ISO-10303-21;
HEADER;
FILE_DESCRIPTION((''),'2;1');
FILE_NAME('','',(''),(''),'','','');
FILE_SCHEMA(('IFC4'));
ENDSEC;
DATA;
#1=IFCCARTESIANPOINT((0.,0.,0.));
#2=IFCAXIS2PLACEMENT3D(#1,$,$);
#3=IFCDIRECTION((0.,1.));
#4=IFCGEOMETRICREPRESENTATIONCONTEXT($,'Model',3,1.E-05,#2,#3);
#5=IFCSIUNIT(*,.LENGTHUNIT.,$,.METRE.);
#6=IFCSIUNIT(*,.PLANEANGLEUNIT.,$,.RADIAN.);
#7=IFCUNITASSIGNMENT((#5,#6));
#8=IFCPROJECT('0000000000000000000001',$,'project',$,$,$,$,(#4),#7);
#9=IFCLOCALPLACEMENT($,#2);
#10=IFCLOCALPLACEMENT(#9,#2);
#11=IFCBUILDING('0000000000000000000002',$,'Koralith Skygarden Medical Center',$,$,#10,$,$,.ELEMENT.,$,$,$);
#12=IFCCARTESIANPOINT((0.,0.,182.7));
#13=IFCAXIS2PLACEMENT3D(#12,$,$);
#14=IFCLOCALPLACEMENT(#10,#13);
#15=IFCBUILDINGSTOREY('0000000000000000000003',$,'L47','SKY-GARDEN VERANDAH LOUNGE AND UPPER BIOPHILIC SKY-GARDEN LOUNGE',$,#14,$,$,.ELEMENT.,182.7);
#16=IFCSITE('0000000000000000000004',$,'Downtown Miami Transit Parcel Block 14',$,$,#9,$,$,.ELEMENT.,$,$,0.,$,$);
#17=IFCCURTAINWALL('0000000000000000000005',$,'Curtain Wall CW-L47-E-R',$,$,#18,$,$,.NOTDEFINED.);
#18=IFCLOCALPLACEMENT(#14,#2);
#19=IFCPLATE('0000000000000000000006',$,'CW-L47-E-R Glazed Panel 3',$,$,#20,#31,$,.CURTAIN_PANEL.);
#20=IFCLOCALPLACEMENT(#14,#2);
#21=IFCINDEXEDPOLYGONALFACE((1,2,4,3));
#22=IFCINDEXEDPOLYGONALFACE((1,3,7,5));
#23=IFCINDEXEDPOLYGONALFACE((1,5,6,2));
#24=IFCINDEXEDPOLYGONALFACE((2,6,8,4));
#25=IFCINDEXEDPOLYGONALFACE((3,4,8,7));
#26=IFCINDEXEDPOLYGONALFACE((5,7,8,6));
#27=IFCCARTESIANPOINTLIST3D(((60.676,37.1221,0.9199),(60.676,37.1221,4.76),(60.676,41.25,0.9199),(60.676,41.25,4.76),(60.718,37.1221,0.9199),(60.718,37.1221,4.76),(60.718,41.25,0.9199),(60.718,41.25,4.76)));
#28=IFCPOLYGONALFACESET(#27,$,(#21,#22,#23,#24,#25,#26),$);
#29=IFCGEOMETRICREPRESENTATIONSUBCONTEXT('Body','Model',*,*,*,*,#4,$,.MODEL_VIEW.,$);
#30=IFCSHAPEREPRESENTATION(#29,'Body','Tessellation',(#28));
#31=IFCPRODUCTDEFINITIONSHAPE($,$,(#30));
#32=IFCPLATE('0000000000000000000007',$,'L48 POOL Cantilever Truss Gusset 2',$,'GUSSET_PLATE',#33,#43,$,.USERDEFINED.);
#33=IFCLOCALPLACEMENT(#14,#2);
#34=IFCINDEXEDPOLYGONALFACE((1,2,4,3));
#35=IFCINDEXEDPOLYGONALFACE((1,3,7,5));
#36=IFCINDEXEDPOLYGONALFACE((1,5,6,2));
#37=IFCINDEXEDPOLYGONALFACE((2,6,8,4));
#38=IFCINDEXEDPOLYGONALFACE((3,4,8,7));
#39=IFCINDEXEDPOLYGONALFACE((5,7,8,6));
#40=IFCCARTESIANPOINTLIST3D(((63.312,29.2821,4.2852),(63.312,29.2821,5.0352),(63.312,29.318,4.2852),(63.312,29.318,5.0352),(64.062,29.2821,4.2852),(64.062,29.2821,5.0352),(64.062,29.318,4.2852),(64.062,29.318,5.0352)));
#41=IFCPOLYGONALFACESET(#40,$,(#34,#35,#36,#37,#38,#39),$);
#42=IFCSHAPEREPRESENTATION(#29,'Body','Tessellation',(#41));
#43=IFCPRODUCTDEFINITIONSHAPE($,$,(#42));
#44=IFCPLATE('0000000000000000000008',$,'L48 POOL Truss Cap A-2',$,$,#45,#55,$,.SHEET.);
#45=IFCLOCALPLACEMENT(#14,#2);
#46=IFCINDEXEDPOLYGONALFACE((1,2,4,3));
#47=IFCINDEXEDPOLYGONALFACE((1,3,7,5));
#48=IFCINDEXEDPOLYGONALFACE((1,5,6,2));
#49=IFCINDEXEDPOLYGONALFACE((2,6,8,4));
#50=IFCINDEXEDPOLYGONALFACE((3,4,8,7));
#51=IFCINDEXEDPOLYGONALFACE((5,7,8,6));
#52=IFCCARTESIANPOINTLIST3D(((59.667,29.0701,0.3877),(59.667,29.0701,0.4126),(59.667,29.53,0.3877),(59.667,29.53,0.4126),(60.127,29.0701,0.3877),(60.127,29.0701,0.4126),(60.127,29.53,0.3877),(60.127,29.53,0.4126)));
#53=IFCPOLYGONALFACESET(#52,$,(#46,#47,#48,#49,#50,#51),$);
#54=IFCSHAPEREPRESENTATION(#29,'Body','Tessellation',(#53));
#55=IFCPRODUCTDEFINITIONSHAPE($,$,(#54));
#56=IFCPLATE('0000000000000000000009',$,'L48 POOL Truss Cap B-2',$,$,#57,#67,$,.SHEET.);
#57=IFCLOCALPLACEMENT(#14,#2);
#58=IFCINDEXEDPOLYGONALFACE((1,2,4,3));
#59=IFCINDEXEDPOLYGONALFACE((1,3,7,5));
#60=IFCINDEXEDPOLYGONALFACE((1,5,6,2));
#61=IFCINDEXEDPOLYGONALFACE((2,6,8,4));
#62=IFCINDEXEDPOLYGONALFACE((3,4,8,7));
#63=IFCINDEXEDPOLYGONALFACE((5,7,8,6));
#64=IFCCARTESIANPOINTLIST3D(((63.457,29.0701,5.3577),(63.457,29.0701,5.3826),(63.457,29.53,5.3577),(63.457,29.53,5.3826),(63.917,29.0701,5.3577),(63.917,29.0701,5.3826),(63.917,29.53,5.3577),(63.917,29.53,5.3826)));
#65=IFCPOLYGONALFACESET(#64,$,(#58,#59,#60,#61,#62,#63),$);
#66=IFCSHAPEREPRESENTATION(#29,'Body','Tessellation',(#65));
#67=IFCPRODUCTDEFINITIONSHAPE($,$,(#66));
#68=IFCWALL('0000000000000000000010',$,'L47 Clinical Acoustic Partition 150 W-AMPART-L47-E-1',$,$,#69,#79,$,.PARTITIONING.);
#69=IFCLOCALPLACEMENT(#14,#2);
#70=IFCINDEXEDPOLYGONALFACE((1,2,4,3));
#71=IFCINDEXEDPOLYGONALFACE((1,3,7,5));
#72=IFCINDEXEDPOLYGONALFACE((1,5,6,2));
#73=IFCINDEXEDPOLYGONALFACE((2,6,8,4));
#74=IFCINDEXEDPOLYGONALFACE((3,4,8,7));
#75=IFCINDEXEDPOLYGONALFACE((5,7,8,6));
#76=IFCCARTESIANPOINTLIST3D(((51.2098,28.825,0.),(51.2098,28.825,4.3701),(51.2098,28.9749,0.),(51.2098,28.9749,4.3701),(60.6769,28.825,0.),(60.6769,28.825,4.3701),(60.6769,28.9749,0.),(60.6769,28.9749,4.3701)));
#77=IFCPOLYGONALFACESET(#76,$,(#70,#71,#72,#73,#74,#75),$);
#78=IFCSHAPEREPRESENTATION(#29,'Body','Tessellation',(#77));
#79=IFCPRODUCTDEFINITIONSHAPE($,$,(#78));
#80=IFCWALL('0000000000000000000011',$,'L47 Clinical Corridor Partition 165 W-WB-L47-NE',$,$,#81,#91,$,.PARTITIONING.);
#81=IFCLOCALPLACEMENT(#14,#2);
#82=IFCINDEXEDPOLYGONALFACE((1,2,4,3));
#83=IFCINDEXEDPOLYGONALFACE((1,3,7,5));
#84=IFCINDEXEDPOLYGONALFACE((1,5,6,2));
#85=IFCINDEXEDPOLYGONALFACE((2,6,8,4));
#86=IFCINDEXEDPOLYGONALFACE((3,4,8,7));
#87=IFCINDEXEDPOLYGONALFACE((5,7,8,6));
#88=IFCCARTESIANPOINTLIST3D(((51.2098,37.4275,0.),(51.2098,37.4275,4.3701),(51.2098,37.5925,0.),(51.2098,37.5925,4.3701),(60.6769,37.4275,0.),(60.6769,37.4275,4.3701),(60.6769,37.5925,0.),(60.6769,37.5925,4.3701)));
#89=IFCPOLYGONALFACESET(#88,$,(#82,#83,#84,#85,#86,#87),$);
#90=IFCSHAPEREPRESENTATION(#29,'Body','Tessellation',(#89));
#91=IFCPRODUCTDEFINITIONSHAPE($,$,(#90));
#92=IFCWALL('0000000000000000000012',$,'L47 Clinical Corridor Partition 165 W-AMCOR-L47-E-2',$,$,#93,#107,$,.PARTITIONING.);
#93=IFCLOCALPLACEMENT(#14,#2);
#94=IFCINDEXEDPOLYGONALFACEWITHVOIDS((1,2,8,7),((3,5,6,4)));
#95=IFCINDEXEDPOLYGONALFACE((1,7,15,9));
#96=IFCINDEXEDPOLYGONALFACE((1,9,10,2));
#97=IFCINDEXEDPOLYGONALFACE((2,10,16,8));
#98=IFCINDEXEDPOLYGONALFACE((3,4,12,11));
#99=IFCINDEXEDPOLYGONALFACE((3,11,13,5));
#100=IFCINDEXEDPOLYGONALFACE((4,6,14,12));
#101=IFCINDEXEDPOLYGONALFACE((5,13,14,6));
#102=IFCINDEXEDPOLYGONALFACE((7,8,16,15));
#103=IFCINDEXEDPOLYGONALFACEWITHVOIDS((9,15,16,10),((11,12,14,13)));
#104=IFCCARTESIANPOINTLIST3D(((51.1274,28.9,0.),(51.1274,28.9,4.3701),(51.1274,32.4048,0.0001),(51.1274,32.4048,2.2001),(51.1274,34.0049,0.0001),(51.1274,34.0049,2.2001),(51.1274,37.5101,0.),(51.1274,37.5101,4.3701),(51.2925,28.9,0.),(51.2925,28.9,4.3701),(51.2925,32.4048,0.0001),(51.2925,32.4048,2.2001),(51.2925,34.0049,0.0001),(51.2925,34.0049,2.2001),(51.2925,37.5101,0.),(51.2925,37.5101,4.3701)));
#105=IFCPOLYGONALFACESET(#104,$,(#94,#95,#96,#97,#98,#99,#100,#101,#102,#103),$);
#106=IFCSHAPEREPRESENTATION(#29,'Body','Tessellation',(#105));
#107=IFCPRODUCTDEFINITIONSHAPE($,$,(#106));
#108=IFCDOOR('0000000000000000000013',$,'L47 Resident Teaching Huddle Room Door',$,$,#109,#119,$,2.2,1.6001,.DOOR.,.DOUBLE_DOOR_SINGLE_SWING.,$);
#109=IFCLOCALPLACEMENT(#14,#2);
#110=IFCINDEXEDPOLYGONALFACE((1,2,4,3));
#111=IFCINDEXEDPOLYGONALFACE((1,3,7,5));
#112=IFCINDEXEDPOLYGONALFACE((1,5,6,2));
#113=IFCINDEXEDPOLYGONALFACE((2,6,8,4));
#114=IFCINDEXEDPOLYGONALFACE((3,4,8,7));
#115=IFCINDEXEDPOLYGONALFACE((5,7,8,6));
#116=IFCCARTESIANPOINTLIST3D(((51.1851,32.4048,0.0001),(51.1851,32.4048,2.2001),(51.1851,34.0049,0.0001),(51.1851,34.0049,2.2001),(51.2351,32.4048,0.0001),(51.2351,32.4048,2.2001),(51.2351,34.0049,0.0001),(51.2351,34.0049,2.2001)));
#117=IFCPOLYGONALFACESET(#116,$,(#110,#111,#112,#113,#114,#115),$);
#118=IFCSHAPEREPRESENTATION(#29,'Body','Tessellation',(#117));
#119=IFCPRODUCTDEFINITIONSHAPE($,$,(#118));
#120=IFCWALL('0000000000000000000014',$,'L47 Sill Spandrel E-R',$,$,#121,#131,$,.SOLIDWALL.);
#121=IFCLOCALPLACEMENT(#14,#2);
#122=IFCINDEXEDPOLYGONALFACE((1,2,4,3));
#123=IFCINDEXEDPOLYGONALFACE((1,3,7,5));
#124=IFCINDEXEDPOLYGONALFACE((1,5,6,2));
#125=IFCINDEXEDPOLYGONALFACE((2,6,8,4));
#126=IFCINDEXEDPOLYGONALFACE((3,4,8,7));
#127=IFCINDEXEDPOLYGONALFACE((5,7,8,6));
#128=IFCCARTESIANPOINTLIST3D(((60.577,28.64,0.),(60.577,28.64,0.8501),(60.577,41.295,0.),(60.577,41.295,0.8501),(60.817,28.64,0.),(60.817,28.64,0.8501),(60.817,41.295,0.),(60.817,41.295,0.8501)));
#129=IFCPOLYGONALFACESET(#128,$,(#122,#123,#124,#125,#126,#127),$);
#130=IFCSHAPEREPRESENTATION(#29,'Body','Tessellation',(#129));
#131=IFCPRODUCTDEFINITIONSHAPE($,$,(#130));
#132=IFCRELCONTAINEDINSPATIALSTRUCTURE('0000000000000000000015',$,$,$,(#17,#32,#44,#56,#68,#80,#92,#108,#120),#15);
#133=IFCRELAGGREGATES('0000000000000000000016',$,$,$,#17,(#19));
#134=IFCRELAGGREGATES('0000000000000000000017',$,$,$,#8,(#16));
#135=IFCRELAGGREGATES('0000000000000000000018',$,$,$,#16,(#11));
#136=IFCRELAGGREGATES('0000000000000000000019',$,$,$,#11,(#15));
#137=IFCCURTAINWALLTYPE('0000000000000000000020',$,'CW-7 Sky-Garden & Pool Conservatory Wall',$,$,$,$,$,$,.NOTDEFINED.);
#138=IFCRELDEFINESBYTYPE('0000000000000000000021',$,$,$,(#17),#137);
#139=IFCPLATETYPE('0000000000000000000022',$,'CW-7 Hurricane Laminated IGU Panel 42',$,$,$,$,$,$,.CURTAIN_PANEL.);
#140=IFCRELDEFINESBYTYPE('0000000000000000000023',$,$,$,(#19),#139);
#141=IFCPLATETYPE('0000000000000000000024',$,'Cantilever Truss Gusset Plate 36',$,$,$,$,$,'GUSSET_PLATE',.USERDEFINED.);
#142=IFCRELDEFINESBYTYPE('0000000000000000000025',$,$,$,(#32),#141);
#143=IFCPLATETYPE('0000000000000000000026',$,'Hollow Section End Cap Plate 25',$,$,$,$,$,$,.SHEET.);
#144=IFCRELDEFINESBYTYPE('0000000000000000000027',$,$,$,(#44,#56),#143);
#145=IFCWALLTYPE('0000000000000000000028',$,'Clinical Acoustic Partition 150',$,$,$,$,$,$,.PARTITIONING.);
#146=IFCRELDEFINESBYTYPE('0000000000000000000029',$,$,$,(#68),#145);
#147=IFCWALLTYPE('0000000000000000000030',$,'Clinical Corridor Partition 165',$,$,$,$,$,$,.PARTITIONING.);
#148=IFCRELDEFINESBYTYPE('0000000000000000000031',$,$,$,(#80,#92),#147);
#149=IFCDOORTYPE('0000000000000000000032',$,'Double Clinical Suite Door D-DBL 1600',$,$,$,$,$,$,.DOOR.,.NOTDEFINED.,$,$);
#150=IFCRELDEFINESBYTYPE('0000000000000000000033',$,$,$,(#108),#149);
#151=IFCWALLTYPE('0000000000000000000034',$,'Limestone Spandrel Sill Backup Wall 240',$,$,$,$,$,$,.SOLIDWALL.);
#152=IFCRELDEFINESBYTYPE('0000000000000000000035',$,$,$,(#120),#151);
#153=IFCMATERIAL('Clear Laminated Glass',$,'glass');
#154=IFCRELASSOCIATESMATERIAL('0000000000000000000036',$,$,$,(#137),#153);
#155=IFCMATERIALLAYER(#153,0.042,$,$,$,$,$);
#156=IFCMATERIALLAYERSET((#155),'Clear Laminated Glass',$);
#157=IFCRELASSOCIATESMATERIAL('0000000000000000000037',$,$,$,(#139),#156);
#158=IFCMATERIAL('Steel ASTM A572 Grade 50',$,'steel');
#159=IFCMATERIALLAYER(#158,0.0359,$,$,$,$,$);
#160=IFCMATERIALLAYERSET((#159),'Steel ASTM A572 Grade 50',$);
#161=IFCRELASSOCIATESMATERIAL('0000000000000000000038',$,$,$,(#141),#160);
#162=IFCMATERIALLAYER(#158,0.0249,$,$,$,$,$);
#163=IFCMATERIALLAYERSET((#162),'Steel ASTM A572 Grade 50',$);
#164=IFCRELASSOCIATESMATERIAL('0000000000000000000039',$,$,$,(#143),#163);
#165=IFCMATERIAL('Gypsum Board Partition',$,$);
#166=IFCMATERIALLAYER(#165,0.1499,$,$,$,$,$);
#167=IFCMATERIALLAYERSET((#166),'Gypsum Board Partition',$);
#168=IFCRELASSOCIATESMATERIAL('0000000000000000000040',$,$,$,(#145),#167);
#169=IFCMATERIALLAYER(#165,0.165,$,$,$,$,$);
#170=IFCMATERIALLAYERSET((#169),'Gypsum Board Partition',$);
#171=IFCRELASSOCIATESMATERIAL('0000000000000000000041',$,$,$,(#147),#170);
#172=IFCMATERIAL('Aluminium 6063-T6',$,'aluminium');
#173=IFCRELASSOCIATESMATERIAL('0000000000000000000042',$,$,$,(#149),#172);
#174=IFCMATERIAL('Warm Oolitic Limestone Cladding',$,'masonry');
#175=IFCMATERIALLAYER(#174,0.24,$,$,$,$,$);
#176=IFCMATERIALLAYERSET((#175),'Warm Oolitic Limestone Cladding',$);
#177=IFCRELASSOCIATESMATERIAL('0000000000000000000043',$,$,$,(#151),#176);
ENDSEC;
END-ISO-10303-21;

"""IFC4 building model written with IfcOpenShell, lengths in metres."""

from ifc_helpers import new_model, si_unit, direction, frame, frame_2d, origin, origin_2d, place, context, subcontext, project, spatial, rectangle, extrude, material, layer, layer_set, type_object, element, fill, aggregate, save


model = new_model("IFC4")

# Units and contexts
model_context = context("Model", 3, precision=1e-05, world=origin(), true_north=direction((0.0, 1.0)))
body_context = subcontext(model_context, "Body", "Model", "MODEL_VIEW")
ifc_project = project(units=[si_unit("LENGTHUNIT", "METRE"), si_unit("PLANEANGLEUNIT", "RADIAN")], contexts=[model_context])

# Site, building, storey
site_placement = place(None, origin())
site = spatial("IfcSite", under=ifc_project, at=site_placement, Name="Downtown Miami Transit Parcel Block 14", CompositionType="ELEMENT", RefElevation=0.0)
building_placement = place(site_placement, origin())
building = spatial("IfcBuilding", under=site, at=building_placement, Name="Koralith Skygarden Medical Center", CompositionType="ELEMENT")
storey_placement = place(building_placement, frame((0.0, 0.0, 182.7)))
storey = spatial("IfcBuildingStorey", under=building, at=storey_placement, Name="L47", Description="SKY-GARDEN VERANDAH LOUNGE AND UPPER BIOPHILIC SKY-GARDEN LOUNGE", CompositionType="ELEMENT", Elevation=182.7)

# Curtain wall
ifc_material_1 = material(Name="Clear Laminated Glass", Category="glass")
curtain_wall_type = type_object("IfcCurtainWallType", Name="CW-7 Sky-Garden & Pool Conservatory Wall", PredefinedType="NOTDEFINED", material=ifc_material_1)
curtain_wall_placement = place(storey_placement, origin())
curtain_wall = element("IfcCurtainWall", 1, at=curtain_wall_placement, inside=storey, type_object=curtain_wall_type, Name="Curtain Wall CW-L47-E-R", PredefinedType="NOTDEFINED")
ifc_material_2 = material(Name="Aluminium 6063-T6", Category="aluminium")

# Plate
ifc_layer_1 = layer(ifc_material_1, 0.042)
ifc_layer_set_1 = layer_set([ifc_layer_1], Name="Clear Laminated Glass")
plate_type_1 = type_object("IfcPlateType", Name="CW-7 Hurricane Laminated IGU Panel 42", PredefinedType="CURTAIN_PANEL", material=ifc_layer_set_1)
plate_1_placement = place(storey_placement, frame((60.697, 39.186, 0.9199), z_axis=(0.0, 0.0, 1.0), x_axis=(0.0, 1.0, 0.0)))
plate_1 = element("IfcPlate", 2, at=plate_1_placement, type_object=plate_type_1, Name="CW-L47-E-R Glazed Panel 3", PredefinedType="CURTAIN_PANEL", context=body_context, shape_type="SweptSolid", body=[
    extrude(rectangle(XDim=4.1279, YDim=0.042, at=origin_2d()), origin(), (0.0, 0.0, 1.0), 3.8401),
])
aggregate(curtain_wall, [plate_1])

# Plates
ifc_material_3 = material(Name="Steel ASTM A572 Grade 50", Category="steel")
ifc_layer_2 = layer(ifc_material_3, 0.0359)
ifc_layer_set_2 = layer_set([ifc_layer_2], Name="Steel ASTM A572 Grade 50")
plate_type_2 = type_object("IfcPlateType", Name="Cantilever Truss Gusset Plate 36", ElementType="GUSSET_PLATE", PredefinedType="USERDEFINED", material=ifc_layer_set_2)
plate_2_placement = place(storey_placement, frame((63.687, 29.3, 4.2852), z_axis=(0.0, 0.0, 1.0), x_axis=(1.0, 0.0, 0.0)))
element("IfcPlate", 3, at=plate_2_placement, inside=storey, type_object=plate_type_2, Name="L48 POOL Cantilever Truss Gusset 2", ObjectType="GUSSET_PLATE", PredefinedType="USERDEFINED", context=body_context, shape_type="SweptSolid", body=[
    extrude(rectangle(XDim=0.75, YDim=0.0359, at=origin_2d()), origin(), (0.0, 0.0, 1.0), 0.75),
])
ifc_layer_3 = layer(ifc_material_3, 0.0249)
ifc_layer_set_3 = layer_set([ifc_layer_3], Name="Steel ASTM A572 Grade 50")
plate_type_3 = type_object("IfcPlateType", Name="Hollow Section End Cap Plate 25", PredefinedType="SHEET", material=ifc_layer_set_3)
for number, where, z_axis, x_axis, name in (
    (4, (59.897, 29.3, 0.3877), (0.0, 0.0, 1.0), (1.0, 0.0, 0.0), "L48 POOL Truss Cap A-2"),
    (5, (63.687, 29.3, 5.3577), (0.0, 0.0, 1.0), (1.0, 0.0, 0.0), "L48 POOL Truss Cap B-2"),
):
    element("IfcPlate", number, at=place(storey_placement, frame(where, z_axis=z_axis, x_axis=x_axis)), inside=storey, type_object=plate_type_3, Name=name, PredefinedType="SHEET", context=body_context, shape_type="SweptSolid", body=[
        extrude(rectangle(XDim=0.46, YDim=0.46, at=origin_2d()), origin(), (0.0, 0.0, 1.0), 0.0249),
    ])

# Walls
ifc_material_4 = material(Name="Gypsum Board Partition")
ifc_layer_4 = layer(ifc_material_4, 0.1499)
ifc_layer_set_4 = layer_set([ifc_layer_4], Name="Gypsum Board Partition")
wall_type_1 = type_object("IfcWallType", Name="Clinical Acoustic Partition 150", PredefinedType="PARTITIONING", material=ifc_layer_set_4)
wall_1_placement = place(storey_placement, frame((51.21, 28.8999, 0.0), z_axis=(0.0, 0.0, 1.0), x_axis=(1.0, 0.0, 0.0)))
element("IfcWall", 6, at=wall_1_placement, inside=storey, type_object=wall_type_1, Name="L47 Clinical Acoustic Partition 150 W-AMPART-L47-E-1", PredefinedType="PARTITIONING", context=body_context, shape_type="SweptSolid", body=[
    extrude(rectangle(XDim=9.467, YDim=0.1499, at=frame_2d((4.7334, 0.0))), origin(), (0.0, 0.0, 1.0), 4.3701),
])
ifc_layer_5 = layer(ifc_material_4, 0.165)
ifc_layer_set_5 = layer_set([ifc_layer_5], Name="Gypsum Board Partition")
wall_type_2 = type_object("IfcWallType", Name="Clinical Corridor Partition 165", PredefinedType="PARTITIONING", material=ifc_layer_set_5)
wall_2_placement = place(storey_placement, frame((51.21, 37.51, 0.0), z_axis=(0.0, 0.0, 1.0), x_axis=(1.0, 0.0, 0.0)))
element("IfcWall", 7, at=wall_2_placement, inside=storey, type_object=wall_type_2, Name="L47 Clinical Corridor Partition 165 W-WB-L47-NE", PredefinedType="PARTITIONING", context=body_context, shape_type="SweptSolid", body=[
    extrude(rectangle(XDim=9.467, YDim=0.165, at=frame_2d((4.7334, 0.0))), origin(), (0.0, 0.0, 1.0), 4.3701),
])

# Wall, opening, door
wall_3_placement = place(storey_placement, frame((51.21, 28.8999, 0.0), z_axis=(0.0, 0.0, 1.0), x_axis=(0.0, 1.0, 0.0)))
wall_3 = element("IfcWall", 8, at=wall_3_placement, inside=storey, type_object=wall_type_2, Name="L47 Clinical Corridor Partition 165 W-AMCOR-L47-E-2", PredefinedType="PARTITIONING", context=body_context, shape_type="SweptSolid", body=[
    extrude(rectangle(XDim=8.6101, YDim=0.165, at=frame_2d((4.3052, 0.0))), origin(), (0.0, 0.0, 1.0), 4.3701),
])
opening_placement = place(wall_3_placement, frame((3.5049, 0.0, 0.0)))
opening = element("IfcOpeningElement", 9, at=opening_placement, cuts=wall_3, PredefinedType="OPENING", context=body_context, shape_type="SweptSolid", body=[
    extrude(rectangle(XDim=1.6001, YDim=2.2, at=frame_2d((0.8, 1.1001))), frame((0.0, 0.0925, 0.0), z_axis=(0.0, -1.0, 0.0), x_axis=(1.0, 0.0, 0.0)), (0.0, 0.0, 1.0), 0.1851),
])
door_type = type_object("IfcDoorType", Name="Double Clinical Suite Door D-DBL 1600", OperationType="NOTDEFINED", PredefinedType="DOOR", material=ifc_material_2)
door_placement = place(opening_placement, origin())
door = element("IfcDoor", 10, at=door_placement, inside=storey, type_object=door_type, Name="L47 Resident Teaching Huddle Room Door", OperationType="DOUBLE_DOOR_SINGLE_SWING", OverallHeight=2.2, OverallWidth=1.6001, PredefinedType="DOOR", context=body_context, shape_type="SweptSolid", body=[
    extrude(rectangle(XDim=1.6001, YDim=2.2, at=frame_2d((0.8, 1.1001))), frame((0.0, 0.0249, 0.0), z_axis=(0.0, -1.0, 0.0), x_axis=(1.0, 0.0, 0.0)), (0.0, 0.0, 1.0), 0.05),
])
fill(opening, door)

# Wall
ifc_material_5 = material(Name="Warm Oolitic Limestone Cladding", Category="masonry")
ifc_layer_6 = layer(ifc_material_5, 0.24)
ifc_layer_set_6 = layer_set([ifc_layer_6], Name="Warm Oolitic Limestone Cladding")
wall_type_3 = type_object("IfcWallType", Name="Limestone Spandrel Sill Backup Wall 240", PredefinedType="SOLIDWALL", material=ifc_layer_set_6)
wall_4_placement = place(storey_placement, frame((60.697, 28.6399, 0.0), z_axis=(0.0, 0.0, 1.0), x_axis=(0.0, 1.0, 0.0)))
element("IfcWall", 11, at=wall_4_placement, inside=storey, type_object=wall_type_3, Name="L47 Sill Spandrel E-R", PredefinedType="SOLIDWALL", context=body_context, shape_type="SweptSolid", body=[
    extrude(rectangle(XDim=12.655, YDim=0.24, at=frame_2d((6.3276, 0.0))), origin(), (0.0, 0.0, 1.0), 0.8501),
])

save(model, "model.ifc")
